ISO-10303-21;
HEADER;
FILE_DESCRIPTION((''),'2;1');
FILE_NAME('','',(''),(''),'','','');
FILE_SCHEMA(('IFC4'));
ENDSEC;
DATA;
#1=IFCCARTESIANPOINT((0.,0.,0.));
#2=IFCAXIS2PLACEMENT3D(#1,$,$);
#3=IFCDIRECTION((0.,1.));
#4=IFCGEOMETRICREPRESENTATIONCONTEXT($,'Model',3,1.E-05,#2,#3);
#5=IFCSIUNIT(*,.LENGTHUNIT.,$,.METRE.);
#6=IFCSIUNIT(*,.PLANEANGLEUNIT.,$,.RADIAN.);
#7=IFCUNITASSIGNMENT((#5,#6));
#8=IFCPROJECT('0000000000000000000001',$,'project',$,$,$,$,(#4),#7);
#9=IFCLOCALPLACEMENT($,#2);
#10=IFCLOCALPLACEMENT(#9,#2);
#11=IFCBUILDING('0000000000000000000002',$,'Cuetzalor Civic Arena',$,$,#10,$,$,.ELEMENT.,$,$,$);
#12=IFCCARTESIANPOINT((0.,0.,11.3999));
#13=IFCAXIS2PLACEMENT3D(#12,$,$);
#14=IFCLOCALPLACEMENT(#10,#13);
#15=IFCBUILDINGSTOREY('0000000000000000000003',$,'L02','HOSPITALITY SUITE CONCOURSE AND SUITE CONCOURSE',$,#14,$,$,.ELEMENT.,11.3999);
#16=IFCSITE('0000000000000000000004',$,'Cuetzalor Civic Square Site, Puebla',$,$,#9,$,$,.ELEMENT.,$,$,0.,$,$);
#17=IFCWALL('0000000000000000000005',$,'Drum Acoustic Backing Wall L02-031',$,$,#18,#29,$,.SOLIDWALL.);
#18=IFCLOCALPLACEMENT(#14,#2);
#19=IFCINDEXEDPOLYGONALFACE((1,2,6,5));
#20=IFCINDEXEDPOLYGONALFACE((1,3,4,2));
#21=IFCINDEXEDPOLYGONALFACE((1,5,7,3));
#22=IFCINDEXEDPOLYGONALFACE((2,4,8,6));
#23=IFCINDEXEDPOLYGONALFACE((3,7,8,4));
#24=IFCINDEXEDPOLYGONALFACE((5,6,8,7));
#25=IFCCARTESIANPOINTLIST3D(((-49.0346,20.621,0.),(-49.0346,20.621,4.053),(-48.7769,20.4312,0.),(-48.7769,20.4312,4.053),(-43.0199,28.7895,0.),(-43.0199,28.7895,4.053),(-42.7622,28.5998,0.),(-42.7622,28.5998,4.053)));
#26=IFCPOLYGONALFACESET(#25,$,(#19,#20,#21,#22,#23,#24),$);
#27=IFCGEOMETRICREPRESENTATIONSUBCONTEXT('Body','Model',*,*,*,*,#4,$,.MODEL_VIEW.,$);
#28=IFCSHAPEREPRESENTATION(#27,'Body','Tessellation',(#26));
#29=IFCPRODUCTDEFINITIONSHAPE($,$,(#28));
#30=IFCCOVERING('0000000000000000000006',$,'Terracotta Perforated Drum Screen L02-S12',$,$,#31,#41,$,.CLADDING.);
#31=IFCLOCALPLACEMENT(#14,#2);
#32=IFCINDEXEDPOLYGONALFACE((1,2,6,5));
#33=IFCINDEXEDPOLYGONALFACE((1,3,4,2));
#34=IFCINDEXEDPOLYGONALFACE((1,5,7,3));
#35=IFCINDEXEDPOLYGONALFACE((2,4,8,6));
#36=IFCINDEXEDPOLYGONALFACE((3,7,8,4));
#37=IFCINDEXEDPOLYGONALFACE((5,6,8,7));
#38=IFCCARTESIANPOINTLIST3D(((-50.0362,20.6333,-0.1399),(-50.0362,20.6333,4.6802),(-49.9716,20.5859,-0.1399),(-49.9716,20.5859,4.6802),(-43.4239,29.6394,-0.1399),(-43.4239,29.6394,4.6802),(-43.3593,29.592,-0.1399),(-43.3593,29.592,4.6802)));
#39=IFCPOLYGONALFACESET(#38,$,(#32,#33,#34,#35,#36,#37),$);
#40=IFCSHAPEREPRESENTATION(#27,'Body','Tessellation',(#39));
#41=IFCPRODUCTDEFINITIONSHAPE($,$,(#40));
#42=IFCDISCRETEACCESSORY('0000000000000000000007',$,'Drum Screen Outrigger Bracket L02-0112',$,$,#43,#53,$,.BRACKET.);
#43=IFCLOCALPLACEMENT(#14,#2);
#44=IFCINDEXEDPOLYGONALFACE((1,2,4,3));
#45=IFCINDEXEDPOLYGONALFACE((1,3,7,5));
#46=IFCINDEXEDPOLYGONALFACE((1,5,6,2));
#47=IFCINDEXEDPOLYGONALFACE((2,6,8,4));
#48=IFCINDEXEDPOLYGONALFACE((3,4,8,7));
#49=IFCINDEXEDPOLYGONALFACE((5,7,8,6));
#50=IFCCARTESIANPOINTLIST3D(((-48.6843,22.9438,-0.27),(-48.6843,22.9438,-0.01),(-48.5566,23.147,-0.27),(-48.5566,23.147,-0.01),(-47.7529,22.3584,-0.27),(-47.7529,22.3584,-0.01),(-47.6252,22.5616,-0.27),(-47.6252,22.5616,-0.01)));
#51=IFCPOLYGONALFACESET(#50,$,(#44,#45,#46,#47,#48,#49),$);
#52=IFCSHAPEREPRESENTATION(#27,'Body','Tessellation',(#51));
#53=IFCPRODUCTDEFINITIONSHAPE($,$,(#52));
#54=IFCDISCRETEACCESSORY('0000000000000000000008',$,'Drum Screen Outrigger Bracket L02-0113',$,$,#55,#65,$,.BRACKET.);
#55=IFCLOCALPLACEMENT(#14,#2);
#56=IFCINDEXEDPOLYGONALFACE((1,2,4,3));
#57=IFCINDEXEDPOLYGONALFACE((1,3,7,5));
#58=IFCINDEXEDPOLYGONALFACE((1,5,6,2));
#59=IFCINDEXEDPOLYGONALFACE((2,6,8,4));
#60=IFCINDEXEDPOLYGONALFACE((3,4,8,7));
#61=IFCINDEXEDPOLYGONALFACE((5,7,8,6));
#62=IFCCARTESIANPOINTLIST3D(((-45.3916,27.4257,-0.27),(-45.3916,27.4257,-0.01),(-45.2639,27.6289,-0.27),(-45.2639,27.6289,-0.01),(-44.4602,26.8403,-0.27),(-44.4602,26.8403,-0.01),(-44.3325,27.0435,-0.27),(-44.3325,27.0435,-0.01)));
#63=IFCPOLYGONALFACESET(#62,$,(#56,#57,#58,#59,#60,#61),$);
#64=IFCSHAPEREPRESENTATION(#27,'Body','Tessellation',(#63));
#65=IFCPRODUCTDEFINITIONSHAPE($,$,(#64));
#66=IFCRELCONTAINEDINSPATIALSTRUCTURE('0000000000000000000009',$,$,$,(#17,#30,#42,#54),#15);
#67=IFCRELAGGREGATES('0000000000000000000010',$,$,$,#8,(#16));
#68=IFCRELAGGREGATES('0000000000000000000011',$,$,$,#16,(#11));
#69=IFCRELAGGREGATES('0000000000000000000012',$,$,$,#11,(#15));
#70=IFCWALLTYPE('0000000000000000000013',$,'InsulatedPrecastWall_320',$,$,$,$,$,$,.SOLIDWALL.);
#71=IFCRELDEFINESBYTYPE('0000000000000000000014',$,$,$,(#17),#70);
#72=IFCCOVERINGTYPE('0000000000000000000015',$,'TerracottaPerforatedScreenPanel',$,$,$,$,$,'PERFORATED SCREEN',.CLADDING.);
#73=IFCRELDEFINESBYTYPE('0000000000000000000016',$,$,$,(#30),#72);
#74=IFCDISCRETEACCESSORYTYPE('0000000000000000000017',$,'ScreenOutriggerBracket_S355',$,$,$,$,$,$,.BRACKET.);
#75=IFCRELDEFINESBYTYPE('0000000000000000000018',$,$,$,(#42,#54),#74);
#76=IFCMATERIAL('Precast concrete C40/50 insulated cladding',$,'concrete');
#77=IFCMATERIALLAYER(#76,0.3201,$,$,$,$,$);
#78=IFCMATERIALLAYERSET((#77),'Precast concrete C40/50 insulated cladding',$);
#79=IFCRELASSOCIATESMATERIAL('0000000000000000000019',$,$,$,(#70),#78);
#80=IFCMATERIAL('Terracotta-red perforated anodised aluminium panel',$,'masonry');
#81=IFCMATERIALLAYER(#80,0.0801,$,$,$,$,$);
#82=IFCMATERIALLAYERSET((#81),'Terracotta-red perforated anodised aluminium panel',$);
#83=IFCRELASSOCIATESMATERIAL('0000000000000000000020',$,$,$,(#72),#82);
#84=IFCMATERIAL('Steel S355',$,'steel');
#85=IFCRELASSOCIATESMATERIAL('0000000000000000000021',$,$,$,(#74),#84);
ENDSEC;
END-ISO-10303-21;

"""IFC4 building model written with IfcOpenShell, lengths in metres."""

from ifc_helpers import new_model, si_unit, direction, frame, frame_2d, origin, origin_2d, place, context, subcontext, project, spatial, rectangle, extrude, material, layer, layer_set, type_object, element, save


model = new_model("IFC4")

# Units and contexts
model_context = context("Model", 3, precision=1e-05, world=origin(), true_north=direction((0.0, 1.0)))
body_context = subcontext(model_context, "Body", "Model", "MODEL_VIEW")
ifc_project = project(units=[si_unit("LENGTHUNIT", "METRE"), si_unit("PLANEANGLEUNIT", "RADIAN")], contexts=[model_context])

# Site, building, storey
site_placement = place(None, origin())
site = spatial("IfcSite", under=ifc_project, at=site_placement, Name="Cuetzalor Civic Square Site, Puebla", CompositionType="ELEMENT", RefElevation=0.0)
building_placement = place(site_placement, origin())
building = spatial("IfcBuilding", under=site, at=building_placement, Name="Cuetzalor Civic Arena", CompositionType="ELEMENT")
storey_placement = place(building_placement, frame((0.0, 0.0, 11.3999)))
storey = spatial("IfcBuildingStorey", under=building, at=storey_placement, Name="L02", Description="HOSPITALITY SUITE CONCOURSE AND SUITE CONCOURSE", CompositionType="ELEMENT", Elevation=11.3999)

# Wall
ifc_material_1 = material(Name="Precast concrete C40/50 insulated cladding", Category="concrete")
ifc_layer_1 = layer(ifc_material_1, 0.3201)
ifc_layer_set_1 = layer_set([ifc_layer_1], Name="Precast concrete C40/50 insulated cladding")
wall_type = type_object("IfcWallType", Name="InsulatedPrecastWall_320", PredefinedType="SOLIDWALL", material=ifc_layer_set_1)
wall_placement = place(storey_placement, frame((-48.9058, 20.5261, 0.0), z_axis=(0.0, 0.0, 1.0), x_axis=(0.59293, 0.805254, 0.0)))
element("IfcWall", 1, at=wall_placement, inside=storey, type_object=wall_type, Name="Drum Acoustic Backing Wall L02-031", PredefinedType="SOLIDWALL", context=body_context, shape_type="SweptSolid", body=[
    extrude(rectangle(XDim=10.144, YDim=0.3201, at=frame_2d((5.072, 0.0))), origin(), (0.0, 0.0, 1.0), 4.053),
])

# Covering
ifc_material_2 = material(Name="Terracotta-red perforated anodised aluminium panel", Category="masonry")
ifc_layer_2 = layer(ifc_material_2, 0.0801)
ifc_layer_set_2 = layer_set([ifc_layer_2], Name="Terracotta-red perforated anodised aluminium panel")
covering_type = type_object("IfcCoveringType", Name="TerracottaPerforatedScreenPanel", ElementType="PERFORATED SCREEN", PredefinedType="CLADDING", material=ifc_layer_set_2)
covering_placement = place(storey_placement, frame((-50.0039, 20.6096, -0.1399), z_axis=(0.0, 0.0, 1.0), x_axis=(0.591819, 0.806071, 0.0)))
element("IfcCovering", 2, at=covering_placement, inside=storey, type_object=covering_type, Name="Terracotta Perforated Drum Screen L02-S12", PredefinedType="CLADDING", context=body_context, shape_type="SweptSolid", body=[
    extrude(rectangle(XDim=11.1729, YDim=0.0801, at=frame_2d((5.5864, 0.0))), origin(), (0.0, 0.0, 1.0), 4.8201),
])

# Discrete accessories
ifc_material_3 = material(Name="Steel S355", Category="steel")
discrete_accessory_type = type_object("IfcDiscreteAccessoryType", Name="ScreenOutriggerBracket_S355", PredefinedType="BRACKET", material=ifc_material_3)
for number, where, z_axis, x_axis, name in (
    (3, (-48.1548, 22.7527, -0.27), (0.0, 0.0, 1.0), (-0.846658, 0.532138, 0.0), "Drum Screen Outrigger Bracket L02-0112"),
    (4, (-44.8621, 27.2346, -0.27), (0.0, 0.0, 1.0), (-0.846658, 0.532138, 0.0), "Drum Screen Outrigger Bracket L02-0113"),
):
    element("IfcDiscreteAccessory", number, at=place(storey_placement, frame(where, z_axis=z_axis, x_axis=x_axis)), inside=storey, type_object=discrete_accessory_type, Name=name, PredefinedType="BRACKET", context=body_context, shape_type="SweptSolid", body=[
        extrude(rectangle(XDim=1.1001, YDim=0.24, at=origin_2d()), origin(), (0.0, 0.0, 1.0), 0.26),
    ])

save(model, "model.ifc")
